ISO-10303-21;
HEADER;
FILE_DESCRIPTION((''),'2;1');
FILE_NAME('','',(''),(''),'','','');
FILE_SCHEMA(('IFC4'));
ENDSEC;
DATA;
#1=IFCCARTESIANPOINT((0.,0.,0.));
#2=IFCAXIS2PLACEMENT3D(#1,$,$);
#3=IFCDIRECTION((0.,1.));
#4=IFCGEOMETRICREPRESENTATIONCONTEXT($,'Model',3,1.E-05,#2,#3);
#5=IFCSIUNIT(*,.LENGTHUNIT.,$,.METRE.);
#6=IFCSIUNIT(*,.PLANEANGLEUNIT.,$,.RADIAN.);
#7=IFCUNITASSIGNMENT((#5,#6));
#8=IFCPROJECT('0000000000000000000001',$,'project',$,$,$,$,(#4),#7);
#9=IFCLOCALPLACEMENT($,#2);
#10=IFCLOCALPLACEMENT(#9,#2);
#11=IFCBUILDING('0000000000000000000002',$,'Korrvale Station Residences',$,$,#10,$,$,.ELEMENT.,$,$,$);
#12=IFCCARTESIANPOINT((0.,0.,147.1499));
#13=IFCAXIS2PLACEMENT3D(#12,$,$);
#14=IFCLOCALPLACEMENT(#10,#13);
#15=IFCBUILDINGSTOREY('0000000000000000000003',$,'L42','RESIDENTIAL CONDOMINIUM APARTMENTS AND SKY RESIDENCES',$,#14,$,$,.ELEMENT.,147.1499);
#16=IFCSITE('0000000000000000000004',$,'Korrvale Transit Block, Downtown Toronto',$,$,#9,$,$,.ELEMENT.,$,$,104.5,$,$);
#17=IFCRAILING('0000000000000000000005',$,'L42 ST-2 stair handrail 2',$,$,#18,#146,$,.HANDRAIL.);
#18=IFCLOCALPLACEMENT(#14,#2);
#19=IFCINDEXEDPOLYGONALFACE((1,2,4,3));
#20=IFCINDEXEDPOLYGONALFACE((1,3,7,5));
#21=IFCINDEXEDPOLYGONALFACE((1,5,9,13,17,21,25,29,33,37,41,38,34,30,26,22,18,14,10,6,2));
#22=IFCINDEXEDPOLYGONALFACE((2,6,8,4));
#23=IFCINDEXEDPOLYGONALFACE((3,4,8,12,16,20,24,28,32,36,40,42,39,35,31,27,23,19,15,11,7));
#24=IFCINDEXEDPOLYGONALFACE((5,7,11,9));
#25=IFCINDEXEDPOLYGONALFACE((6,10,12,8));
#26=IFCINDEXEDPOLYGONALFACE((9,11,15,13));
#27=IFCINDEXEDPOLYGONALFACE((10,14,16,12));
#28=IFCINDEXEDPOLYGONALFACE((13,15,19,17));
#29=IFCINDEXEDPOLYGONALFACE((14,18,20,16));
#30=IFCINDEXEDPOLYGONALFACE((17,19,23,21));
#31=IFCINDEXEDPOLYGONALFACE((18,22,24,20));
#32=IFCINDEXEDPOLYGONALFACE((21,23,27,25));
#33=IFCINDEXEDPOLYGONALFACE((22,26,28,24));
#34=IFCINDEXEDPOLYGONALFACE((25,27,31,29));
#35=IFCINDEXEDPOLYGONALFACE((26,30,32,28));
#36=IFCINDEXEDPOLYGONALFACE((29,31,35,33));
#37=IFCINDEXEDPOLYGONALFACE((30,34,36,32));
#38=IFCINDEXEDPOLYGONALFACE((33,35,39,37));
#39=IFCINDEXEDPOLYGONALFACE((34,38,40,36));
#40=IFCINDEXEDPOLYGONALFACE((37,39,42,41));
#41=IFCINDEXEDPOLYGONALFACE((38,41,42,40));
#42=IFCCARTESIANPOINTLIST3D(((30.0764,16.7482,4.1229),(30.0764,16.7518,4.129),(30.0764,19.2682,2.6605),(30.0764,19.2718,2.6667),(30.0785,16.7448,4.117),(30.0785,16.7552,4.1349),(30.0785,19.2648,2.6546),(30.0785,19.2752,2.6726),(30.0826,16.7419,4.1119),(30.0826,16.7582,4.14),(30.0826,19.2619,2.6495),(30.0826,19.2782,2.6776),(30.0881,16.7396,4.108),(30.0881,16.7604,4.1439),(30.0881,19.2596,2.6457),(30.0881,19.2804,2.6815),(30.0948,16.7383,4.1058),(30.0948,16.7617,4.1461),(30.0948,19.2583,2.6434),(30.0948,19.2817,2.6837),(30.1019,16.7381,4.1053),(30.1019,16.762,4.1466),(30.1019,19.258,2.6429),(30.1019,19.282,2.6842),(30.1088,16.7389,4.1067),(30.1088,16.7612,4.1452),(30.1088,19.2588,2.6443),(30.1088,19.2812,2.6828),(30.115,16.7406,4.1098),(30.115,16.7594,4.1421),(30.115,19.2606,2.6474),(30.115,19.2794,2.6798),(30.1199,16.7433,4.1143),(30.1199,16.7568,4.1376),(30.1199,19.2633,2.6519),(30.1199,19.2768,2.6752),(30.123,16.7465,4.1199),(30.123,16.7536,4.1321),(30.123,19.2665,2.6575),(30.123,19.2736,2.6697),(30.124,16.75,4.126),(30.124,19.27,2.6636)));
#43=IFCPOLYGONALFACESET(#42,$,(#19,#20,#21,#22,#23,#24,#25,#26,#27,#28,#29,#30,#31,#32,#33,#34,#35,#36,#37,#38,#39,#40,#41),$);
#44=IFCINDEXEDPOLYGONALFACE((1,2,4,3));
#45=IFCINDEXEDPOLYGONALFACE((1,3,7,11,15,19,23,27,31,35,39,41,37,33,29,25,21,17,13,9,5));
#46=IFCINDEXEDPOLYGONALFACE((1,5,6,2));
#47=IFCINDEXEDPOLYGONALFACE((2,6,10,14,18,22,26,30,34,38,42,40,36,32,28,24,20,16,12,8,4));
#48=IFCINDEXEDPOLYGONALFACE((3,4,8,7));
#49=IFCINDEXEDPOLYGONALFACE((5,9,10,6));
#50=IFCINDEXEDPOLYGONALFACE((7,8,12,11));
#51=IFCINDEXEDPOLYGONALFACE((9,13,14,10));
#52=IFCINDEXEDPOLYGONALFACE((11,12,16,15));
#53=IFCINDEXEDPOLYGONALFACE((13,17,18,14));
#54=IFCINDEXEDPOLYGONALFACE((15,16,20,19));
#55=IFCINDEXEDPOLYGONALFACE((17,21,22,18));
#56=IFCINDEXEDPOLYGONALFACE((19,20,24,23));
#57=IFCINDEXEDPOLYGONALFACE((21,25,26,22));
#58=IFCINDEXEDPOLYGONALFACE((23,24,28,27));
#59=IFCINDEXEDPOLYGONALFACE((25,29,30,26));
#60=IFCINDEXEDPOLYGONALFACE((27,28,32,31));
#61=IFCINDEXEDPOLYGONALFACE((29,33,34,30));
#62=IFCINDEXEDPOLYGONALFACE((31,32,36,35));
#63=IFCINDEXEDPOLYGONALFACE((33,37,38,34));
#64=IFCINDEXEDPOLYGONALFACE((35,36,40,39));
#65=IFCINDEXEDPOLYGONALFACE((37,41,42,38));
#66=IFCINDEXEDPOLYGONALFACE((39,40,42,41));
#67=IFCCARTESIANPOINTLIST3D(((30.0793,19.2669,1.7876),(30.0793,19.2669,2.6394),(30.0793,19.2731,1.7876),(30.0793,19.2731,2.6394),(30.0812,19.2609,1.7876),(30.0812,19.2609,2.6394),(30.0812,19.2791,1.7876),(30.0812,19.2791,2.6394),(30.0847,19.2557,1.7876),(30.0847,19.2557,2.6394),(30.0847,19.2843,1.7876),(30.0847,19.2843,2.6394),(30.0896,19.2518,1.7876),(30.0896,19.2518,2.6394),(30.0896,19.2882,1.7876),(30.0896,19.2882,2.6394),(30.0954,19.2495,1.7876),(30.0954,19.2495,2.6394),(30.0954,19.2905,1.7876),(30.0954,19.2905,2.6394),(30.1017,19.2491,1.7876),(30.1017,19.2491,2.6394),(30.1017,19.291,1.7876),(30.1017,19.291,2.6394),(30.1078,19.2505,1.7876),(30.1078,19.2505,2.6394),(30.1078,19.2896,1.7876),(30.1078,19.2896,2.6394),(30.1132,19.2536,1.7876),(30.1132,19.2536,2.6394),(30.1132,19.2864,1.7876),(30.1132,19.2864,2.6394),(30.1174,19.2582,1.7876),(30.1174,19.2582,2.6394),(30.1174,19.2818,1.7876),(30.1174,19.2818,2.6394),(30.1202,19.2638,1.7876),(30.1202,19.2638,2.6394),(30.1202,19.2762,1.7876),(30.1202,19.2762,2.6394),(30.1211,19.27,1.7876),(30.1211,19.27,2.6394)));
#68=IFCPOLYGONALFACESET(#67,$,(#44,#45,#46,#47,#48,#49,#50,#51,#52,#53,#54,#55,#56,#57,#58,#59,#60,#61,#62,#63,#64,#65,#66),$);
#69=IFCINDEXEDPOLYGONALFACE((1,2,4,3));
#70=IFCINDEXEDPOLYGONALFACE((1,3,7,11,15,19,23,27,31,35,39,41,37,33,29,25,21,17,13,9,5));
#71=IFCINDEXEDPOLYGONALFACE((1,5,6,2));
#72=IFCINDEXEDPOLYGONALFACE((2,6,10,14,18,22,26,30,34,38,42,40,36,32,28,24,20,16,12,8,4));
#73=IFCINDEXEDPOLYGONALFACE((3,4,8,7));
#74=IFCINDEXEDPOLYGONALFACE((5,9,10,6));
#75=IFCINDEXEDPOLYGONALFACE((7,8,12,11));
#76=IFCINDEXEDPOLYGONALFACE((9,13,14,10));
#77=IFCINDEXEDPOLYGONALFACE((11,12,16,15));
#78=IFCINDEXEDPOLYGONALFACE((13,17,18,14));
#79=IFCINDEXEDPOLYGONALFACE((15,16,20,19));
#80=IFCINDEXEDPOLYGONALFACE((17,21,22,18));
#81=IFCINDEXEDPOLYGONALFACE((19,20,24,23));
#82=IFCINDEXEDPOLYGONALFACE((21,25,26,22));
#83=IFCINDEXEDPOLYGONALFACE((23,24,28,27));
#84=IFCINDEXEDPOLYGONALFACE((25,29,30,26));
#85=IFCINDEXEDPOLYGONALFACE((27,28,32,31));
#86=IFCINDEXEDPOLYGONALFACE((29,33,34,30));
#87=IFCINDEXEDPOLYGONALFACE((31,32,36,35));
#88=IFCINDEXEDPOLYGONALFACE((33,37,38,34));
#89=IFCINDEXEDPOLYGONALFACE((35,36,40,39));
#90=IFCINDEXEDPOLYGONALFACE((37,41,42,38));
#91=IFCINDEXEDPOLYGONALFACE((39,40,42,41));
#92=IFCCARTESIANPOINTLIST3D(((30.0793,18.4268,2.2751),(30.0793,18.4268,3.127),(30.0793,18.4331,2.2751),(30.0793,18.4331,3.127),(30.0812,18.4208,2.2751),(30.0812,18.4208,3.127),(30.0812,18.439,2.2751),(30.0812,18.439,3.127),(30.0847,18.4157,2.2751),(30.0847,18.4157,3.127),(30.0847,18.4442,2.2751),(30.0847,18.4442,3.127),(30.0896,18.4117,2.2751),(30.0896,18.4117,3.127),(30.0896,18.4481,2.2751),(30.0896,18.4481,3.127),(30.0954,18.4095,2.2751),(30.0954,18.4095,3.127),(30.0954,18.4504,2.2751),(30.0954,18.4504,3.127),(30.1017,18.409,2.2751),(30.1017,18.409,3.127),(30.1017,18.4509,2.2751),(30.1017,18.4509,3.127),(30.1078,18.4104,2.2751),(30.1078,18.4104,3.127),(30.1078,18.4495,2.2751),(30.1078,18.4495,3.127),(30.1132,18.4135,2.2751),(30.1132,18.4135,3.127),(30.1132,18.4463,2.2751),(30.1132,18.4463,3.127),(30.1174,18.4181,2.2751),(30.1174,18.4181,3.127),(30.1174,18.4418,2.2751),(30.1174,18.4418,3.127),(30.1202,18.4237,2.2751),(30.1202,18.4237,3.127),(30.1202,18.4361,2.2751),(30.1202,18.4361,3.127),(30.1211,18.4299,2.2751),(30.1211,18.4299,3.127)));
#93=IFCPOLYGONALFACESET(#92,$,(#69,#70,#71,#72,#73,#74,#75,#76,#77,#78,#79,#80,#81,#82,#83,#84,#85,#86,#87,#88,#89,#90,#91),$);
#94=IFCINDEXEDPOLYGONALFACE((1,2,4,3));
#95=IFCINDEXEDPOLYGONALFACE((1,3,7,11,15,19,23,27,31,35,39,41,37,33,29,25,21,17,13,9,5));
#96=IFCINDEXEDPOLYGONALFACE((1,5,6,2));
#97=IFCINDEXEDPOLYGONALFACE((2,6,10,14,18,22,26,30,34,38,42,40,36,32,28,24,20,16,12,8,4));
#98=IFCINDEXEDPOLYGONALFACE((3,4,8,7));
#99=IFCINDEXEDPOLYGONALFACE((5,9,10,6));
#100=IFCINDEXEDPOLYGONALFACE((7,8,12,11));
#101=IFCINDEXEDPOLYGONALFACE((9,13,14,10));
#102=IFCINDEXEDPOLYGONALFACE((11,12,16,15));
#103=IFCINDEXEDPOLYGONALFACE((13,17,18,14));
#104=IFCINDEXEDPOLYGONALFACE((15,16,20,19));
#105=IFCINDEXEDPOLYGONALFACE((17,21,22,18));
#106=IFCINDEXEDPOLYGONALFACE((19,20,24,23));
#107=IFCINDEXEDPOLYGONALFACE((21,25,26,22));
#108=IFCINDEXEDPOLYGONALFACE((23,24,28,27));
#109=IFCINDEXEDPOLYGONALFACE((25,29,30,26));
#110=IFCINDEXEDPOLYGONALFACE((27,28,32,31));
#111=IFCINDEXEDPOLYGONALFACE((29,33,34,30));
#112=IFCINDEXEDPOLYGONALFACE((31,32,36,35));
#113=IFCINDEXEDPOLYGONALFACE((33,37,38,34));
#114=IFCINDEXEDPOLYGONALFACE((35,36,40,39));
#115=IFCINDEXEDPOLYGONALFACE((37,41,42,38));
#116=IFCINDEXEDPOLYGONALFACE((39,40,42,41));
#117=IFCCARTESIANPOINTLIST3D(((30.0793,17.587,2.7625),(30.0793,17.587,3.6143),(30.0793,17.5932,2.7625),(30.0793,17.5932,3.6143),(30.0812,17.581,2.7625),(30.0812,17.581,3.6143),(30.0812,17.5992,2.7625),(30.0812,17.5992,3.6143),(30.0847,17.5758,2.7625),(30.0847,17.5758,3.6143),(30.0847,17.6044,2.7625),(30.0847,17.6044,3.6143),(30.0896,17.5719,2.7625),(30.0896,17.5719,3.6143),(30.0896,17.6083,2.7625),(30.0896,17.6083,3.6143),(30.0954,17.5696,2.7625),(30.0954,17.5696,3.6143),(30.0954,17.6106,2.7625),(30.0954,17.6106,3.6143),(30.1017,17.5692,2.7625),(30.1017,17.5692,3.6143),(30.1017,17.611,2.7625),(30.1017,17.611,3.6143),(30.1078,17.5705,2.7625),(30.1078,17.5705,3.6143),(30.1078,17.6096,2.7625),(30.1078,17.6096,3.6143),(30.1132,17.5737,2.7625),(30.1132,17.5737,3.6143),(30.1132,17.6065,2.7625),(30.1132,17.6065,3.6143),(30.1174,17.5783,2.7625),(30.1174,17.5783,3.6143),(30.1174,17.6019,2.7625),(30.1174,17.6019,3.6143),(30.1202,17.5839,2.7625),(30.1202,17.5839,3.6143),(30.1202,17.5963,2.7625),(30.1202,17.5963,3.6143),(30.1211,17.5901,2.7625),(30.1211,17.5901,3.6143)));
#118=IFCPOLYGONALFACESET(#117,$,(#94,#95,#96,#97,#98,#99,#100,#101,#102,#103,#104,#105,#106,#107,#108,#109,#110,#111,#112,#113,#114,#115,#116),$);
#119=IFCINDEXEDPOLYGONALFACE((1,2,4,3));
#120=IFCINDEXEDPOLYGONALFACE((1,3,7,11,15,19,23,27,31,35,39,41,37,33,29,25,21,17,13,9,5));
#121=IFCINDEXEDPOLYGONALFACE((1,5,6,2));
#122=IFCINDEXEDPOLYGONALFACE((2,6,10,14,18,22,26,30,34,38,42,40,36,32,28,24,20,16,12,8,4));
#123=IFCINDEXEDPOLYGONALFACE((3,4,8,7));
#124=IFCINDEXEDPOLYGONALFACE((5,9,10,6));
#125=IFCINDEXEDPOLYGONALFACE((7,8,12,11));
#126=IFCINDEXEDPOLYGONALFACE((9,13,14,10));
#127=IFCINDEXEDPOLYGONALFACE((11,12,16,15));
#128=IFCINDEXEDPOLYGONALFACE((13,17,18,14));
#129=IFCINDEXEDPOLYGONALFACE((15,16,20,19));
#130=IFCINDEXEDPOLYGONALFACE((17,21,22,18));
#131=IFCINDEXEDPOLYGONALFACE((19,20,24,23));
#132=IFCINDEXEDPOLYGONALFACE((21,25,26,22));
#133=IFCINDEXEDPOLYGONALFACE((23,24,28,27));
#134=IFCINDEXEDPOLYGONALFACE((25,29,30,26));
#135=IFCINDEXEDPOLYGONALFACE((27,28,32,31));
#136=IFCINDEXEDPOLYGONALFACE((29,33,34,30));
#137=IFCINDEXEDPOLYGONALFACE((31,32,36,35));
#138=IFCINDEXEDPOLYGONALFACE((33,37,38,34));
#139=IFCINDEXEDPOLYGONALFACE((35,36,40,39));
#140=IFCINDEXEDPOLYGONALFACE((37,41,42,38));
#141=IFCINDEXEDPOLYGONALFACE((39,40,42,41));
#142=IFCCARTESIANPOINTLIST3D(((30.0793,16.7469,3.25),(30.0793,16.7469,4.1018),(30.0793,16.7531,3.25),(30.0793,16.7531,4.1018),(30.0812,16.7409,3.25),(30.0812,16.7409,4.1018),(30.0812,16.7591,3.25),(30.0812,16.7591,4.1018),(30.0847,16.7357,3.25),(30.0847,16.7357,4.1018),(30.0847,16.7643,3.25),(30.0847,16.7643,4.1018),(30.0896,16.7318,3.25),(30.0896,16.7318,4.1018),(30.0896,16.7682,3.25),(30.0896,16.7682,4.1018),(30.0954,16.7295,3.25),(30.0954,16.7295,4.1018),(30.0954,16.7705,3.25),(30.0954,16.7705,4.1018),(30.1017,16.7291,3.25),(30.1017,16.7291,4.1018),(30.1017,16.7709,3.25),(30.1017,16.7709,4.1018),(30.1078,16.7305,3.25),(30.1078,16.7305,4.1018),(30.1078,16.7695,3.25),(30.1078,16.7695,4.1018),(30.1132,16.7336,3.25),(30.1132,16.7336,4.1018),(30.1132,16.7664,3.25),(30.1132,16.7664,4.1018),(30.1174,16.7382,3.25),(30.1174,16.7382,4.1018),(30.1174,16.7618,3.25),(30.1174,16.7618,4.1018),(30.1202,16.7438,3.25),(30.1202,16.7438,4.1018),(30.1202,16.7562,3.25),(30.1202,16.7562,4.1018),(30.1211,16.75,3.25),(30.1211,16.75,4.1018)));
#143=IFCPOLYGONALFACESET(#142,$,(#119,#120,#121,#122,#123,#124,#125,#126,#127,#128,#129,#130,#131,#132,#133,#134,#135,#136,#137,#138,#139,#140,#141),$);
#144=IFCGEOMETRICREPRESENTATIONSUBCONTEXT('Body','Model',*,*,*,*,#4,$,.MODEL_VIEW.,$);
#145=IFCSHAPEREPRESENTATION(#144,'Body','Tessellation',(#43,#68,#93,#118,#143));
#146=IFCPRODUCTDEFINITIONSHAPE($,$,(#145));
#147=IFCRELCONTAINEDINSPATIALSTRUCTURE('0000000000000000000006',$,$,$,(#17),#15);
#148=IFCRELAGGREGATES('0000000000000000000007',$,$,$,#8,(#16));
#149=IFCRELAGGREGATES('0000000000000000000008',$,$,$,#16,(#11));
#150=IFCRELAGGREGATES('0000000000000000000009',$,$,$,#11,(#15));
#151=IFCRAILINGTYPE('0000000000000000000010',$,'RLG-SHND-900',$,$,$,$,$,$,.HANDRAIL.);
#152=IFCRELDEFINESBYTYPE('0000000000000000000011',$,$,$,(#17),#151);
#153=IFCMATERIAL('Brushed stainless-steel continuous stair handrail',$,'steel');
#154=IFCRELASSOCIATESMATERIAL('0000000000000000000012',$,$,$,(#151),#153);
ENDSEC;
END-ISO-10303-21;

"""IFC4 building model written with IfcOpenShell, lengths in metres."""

from ifc_helpers import new_model, si_unit, direction, frame, origin, origin_2d, place, context, subcontext, project, spatial, circle, extrude, material, type_object, element, save


model = new_model("IFC4")

# Units and contexts
model_context = context("Model", 3, precision=1e-05, world=origin(), true_north=direction((0.0, 1.0)))
body_context = subcontext(model_context, "Body", "Model", "MODEL_VIEW")
ifc_project = project(units=[si_unit("LENGTHUNIT", "METRE"), si_unit("PLANEANGLEUNIT", "RADIAN")], contexts=[model_context])

# Site, building, storey
site_placement = place(None, origin())
site = spatial("IfcSite", under=ifc_project, at=site_placement, Name="Korrvale Transit Block, Downtown Toronto", CompositionType="ELEMENT", RefElevation=104.5)
building_placement = place(site_placement, origin())
building = spatial("IfcBuilding", under=site, at=building_placement, Name="Korrvale Station Residences", CompositionType="ELEMENT")
storey_placement = place(building_placement, frame((0.0, 0.0, 147.1499)))
storey = spatial("IfcBuildingStorey", under=building, at=storey_placement, Name="L42", Description="RESIDENTIAL CONDOMINIUM APARTMENTS AND SKY RESIDENCES", CompositionType="ELEMENT", Elevation=147.1499)

# Railing
ifc_material_1 = material(Name="Brushed stainless-steel continuous stair handrail", Category="steel")
railing_type_1 = type_object("IfcRailingType", Name="RLG-SHND-900", PredefinedType="HANDRAIL", material=ifc_material_1)
railing_1_placement = place(storey_placement, frame((30.1001, 19.27, 1.7876)))
element("IfcRailing", 1, at=railing_1_placement, inside=storey, type_object=railing_type_1, Name="L42 ST-2 stair handrail 2", PredefinedType="HANDRAIL", context=body_context, shape_type="SweptSolid", body=[
    extrude(circle(Radius=0.0239, at=origin_2d()), frame((0.0, 0.0, 0.876), z_axis=(0.0, -0.864913, 0.501921), x_axis=(1.0, 0.0, 0.0)), (0.0, 0.0, 1.0), 2.9136),
    extrude(circle(Radius=0.021, at=origin_2d()), origin(), (0.0, 0.0, 1.0), 0.8518),
    extrude(circle(Radius=0.021, at=origin_2d()), frame((0.0, -0.8401, 0.4875)), (0.0, 0.0, 1.0), 0.8518),
    extrude(circle(Radius=0.021, at=origin_2d()), frame((0.0, -1.6799, 0.9749)), (0.0, 0.0, 1.0), 0.8518),
    extrude(circle(Radius=0.021, at=origin_2d()), frame((0.0, -2.52, 1.4624)), (0.0, 0.0, 1.0), 0.8518),
])

save(model, "model.ifc")
